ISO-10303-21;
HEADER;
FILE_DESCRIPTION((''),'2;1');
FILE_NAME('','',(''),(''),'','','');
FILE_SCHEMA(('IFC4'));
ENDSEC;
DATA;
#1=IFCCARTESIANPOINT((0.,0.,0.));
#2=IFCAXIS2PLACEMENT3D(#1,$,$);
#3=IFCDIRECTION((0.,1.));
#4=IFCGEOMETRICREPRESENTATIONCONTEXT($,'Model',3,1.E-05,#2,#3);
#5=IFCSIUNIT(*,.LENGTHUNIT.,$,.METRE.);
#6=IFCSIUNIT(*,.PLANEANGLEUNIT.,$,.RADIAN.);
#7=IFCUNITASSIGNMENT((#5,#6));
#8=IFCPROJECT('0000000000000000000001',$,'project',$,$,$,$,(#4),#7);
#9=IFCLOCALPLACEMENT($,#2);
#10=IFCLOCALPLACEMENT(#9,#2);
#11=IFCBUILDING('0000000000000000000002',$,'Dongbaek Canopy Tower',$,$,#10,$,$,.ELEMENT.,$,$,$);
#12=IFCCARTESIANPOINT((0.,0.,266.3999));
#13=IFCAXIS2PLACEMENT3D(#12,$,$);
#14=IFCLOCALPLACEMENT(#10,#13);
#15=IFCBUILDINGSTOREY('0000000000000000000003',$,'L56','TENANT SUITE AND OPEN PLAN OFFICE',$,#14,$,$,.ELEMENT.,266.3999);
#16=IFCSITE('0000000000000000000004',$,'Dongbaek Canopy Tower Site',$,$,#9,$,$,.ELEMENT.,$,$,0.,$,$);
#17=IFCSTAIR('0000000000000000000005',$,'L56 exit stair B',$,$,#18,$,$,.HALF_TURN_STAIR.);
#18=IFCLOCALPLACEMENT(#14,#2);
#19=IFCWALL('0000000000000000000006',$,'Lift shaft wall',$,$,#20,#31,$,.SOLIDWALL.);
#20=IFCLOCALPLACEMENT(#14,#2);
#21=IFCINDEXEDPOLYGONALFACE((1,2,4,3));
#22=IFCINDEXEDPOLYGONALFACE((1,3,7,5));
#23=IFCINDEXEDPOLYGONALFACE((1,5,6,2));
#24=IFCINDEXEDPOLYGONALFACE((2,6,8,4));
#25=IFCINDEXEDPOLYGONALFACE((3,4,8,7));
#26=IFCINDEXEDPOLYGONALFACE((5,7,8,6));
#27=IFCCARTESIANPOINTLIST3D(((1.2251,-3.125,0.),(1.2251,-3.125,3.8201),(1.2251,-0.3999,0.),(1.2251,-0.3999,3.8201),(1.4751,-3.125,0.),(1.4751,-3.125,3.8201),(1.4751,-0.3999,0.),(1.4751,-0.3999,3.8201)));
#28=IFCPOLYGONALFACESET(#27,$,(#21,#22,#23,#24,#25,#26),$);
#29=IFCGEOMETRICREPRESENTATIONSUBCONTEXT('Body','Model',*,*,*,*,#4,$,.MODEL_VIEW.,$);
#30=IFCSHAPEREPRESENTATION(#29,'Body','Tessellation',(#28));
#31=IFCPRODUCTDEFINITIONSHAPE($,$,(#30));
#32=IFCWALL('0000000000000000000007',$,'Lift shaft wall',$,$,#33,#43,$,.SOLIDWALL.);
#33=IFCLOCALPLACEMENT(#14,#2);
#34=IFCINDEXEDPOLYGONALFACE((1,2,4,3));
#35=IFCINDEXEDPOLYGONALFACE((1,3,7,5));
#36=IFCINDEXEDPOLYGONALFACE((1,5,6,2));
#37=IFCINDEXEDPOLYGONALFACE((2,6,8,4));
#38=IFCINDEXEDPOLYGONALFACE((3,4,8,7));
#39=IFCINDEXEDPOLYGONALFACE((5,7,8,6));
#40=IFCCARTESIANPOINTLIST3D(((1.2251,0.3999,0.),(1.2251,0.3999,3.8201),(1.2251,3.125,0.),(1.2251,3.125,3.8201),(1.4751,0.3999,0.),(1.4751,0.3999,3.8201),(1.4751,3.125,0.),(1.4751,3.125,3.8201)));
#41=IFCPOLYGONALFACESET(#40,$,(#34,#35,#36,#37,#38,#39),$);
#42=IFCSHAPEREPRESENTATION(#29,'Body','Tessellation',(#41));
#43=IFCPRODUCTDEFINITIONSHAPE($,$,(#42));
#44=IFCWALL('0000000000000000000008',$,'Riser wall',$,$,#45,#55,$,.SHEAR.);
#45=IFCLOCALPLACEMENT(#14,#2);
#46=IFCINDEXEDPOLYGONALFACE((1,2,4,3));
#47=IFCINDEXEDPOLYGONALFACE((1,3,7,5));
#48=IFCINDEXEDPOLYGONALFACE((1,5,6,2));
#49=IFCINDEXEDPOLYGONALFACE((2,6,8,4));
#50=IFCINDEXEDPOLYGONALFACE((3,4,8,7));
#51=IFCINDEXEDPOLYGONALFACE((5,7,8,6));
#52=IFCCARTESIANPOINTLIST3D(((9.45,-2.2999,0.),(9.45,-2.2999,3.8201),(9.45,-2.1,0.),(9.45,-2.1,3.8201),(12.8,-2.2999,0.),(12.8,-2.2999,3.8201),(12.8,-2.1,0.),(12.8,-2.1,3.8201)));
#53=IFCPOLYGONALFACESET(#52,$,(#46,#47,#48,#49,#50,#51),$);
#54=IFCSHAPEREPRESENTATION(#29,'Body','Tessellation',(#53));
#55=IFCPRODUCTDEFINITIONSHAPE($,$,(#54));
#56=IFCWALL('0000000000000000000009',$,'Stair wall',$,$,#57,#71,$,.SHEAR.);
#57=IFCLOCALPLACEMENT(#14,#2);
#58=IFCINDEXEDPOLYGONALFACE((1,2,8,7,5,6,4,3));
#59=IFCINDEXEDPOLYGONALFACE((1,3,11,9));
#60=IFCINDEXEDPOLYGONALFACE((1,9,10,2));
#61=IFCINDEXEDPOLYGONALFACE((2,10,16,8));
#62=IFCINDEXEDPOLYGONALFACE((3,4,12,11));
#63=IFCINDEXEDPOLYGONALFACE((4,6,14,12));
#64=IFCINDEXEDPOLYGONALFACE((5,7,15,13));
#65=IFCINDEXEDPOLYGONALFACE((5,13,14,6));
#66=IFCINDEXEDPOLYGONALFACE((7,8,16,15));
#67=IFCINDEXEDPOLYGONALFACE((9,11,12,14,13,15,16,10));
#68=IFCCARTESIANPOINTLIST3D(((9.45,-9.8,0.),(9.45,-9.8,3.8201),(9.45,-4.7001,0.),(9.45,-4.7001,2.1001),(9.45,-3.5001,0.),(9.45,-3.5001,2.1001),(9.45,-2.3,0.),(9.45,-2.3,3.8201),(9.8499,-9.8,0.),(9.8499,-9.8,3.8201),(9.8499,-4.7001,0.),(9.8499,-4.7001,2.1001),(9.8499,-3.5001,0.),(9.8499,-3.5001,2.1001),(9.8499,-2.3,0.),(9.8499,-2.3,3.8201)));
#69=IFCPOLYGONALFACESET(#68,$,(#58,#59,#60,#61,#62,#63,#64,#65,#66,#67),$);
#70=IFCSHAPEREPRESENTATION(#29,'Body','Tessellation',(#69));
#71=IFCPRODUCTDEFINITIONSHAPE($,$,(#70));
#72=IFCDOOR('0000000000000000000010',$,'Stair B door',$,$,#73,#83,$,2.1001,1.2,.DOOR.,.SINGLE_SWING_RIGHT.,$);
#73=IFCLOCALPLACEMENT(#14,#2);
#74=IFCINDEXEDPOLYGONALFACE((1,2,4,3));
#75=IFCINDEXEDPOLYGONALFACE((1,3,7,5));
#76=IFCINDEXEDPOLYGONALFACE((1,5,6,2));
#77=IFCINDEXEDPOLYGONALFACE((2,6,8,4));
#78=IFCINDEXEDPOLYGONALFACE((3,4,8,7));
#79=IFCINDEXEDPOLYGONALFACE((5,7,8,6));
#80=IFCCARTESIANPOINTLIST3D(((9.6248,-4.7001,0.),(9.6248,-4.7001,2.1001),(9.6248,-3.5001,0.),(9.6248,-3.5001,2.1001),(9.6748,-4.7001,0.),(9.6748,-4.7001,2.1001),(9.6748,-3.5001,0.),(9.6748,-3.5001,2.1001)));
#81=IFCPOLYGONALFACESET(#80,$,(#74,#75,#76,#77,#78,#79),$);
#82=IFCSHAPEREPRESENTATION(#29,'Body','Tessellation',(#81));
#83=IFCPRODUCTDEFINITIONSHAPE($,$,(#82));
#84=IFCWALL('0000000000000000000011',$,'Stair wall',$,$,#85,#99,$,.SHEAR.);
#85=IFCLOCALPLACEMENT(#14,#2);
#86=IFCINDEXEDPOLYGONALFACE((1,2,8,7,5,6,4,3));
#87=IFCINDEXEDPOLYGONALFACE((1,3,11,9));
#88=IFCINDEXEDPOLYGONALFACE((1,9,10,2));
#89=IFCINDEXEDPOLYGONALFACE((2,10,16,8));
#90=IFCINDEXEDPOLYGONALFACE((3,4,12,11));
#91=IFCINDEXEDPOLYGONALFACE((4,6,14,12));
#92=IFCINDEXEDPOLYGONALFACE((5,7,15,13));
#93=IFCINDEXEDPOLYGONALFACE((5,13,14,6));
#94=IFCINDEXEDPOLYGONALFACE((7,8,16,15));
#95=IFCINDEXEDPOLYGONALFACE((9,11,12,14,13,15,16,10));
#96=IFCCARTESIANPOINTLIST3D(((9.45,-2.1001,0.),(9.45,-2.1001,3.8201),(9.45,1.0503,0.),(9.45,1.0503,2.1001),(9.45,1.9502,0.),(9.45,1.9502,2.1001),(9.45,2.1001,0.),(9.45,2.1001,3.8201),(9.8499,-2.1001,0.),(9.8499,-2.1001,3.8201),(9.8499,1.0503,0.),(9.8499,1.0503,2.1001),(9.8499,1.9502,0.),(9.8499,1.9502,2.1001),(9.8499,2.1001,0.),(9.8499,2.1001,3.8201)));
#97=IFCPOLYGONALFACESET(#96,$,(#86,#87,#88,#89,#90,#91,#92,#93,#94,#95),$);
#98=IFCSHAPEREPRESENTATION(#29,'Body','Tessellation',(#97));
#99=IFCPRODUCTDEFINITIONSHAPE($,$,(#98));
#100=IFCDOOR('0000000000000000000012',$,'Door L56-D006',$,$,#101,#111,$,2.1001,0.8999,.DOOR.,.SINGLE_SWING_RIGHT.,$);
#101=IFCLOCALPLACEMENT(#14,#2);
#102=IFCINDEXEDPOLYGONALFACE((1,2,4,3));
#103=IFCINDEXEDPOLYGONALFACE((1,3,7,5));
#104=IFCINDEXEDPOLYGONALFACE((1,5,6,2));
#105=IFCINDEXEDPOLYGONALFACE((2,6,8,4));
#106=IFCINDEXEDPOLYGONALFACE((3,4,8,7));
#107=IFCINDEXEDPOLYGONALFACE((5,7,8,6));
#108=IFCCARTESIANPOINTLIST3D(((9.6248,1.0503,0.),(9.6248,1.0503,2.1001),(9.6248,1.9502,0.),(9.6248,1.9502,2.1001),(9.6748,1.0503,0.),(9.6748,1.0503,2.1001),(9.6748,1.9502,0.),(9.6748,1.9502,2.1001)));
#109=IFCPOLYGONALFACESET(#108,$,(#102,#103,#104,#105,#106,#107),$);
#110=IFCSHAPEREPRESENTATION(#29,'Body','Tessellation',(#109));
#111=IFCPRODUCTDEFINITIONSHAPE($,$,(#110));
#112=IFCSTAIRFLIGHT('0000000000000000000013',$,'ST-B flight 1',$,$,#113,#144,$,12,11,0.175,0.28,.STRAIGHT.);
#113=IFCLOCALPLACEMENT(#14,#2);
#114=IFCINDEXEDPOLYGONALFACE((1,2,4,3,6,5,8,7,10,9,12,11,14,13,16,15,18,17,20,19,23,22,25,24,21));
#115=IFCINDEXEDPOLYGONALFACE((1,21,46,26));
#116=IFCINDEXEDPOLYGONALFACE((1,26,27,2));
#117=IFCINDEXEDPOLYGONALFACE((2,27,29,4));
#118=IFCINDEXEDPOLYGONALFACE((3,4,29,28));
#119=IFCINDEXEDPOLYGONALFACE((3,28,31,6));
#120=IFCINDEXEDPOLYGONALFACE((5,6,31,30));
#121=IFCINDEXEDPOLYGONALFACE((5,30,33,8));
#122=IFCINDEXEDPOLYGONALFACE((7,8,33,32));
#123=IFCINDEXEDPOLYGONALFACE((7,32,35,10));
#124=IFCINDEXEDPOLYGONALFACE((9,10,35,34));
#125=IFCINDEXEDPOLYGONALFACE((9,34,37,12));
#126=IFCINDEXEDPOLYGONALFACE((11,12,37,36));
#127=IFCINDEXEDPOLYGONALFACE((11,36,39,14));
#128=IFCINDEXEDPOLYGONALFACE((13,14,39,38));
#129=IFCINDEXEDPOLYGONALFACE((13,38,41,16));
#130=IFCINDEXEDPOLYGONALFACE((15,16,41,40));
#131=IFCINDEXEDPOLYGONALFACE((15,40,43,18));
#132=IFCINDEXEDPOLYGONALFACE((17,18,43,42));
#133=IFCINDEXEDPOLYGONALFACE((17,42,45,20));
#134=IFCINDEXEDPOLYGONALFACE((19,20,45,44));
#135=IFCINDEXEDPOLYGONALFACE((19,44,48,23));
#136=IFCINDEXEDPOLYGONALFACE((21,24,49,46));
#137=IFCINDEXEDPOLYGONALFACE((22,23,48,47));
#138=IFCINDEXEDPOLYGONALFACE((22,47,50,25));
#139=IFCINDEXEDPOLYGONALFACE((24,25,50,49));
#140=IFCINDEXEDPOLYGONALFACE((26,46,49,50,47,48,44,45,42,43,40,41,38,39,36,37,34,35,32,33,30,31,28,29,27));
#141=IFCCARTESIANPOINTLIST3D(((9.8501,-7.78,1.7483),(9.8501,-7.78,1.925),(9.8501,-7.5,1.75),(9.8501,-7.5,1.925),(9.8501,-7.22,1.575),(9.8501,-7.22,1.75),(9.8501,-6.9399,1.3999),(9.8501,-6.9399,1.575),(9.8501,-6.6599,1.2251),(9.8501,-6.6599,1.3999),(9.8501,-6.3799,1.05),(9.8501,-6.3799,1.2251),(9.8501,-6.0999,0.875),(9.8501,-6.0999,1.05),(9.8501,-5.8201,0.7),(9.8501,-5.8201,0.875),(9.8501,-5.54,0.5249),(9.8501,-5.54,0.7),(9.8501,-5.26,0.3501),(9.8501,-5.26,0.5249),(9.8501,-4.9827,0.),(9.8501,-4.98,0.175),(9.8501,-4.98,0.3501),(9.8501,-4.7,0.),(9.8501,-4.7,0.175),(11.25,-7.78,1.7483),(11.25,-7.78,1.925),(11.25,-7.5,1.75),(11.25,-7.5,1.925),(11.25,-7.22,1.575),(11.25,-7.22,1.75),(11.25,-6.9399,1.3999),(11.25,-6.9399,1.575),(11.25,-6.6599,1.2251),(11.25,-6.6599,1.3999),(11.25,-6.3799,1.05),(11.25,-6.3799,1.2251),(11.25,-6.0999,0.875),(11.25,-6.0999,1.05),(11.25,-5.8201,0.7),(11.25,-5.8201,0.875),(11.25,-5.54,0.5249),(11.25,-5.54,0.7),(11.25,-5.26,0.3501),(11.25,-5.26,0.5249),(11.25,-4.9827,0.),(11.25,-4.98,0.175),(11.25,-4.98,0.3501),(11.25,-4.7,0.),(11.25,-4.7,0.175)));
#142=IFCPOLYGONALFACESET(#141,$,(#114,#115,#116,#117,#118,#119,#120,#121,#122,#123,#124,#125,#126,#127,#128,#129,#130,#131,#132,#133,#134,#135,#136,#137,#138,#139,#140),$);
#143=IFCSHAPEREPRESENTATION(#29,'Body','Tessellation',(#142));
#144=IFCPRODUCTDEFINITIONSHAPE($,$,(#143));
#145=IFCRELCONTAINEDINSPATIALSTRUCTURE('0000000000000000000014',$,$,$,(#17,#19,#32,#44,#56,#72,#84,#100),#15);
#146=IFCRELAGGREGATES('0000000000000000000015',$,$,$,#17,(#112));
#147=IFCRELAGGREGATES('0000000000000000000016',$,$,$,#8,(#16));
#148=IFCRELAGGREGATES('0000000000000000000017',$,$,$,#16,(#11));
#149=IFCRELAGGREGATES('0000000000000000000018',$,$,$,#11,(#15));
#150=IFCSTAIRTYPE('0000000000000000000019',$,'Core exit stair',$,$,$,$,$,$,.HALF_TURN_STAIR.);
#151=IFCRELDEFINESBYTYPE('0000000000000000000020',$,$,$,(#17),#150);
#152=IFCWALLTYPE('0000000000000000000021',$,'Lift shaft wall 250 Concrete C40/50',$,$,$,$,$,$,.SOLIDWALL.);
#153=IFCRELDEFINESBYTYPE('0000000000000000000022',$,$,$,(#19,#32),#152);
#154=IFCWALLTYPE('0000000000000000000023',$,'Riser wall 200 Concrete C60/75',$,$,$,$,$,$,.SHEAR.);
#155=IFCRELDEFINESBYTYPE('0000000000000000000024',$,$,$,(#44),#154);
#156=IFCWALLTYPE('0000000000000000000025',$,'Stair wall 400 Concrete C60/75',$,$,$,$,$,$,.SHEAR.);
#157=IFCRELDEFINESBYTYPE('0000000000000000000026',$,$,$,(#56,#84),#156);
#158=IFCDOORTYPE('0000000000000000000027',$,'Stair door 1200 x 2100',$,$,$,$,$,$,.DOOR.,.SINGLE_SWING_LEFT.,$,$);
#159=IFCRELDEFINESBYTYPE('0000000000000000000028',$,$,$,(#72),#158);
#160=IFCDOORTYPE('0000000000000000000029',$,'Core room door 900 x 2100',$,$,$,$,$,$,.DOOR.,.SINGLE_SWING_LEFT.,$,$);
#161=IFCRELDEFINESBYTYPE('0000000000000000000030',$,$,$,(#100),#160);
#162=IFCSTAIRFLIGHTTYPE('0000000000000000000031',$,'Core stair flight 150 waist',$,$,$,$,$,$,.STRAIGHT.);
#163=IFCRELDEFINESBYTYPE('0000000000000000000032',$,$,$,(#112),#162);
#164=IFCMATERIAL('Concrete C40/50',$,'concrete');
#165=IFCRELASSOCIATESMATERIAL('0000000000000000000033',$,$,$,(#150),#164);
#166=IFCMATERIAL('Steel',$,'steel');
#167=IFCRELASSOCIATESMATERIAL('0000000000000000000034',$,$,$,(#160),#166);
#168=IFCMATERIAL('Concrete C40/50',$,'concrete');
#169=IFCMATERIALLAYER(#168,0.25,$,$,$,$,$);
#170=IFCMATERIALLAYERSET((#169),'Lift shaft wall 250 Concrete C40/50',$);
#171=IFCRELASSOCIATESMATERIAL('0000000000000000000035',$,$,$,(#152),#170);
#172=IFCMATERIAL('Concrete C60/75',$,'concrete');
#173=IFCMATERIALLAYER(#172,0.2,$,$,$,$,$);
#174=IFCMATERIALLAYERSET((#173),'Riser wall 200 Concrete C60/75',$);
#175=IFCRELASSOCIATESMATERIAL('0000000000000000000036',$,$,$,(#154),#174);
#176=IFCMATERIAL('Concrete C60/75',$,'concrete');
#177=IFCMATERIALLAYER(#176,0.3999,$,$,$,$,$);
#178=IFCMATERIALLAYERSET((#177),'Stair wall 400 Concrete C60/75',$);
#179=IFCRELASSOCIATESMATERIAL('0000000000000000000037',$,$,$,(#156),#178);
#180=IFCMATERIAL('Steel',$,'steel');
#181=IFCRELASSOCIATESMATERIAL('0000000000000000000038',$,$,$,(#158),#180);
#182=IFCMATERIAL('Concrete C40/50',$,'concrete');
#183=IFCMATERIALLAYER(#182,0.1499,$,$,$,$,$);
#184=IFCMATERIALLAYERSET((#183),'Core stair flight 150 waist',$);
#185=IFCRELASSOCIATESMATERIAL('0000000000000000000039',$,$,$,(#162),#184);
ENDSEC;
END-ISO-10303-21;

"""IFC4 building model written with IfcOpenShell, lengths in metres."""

from ifc_helpers import new_model, si_unit, direction, frame, frame_2d, origin, place, context, subcontext, project, spatial, polyline, rectangle, outline, extrude, material, layer, layer_set, type_object, element, fill, aggregate, save


model = new_model("IFC4")

# Units and contexts
model_context = context("Model", 3, precision=1e-05, world=origin(), true_north=direction((0.0, 1.0)))
body_context = subcontext(model_context, "Body", "Model", "MODEL_VIEW")
ifc_project = project(units=[si_unit("LENGTHUNIT", "METRE"), si_unit("PLANEANGLEUNIT", "RADIAN")], contexts=[model_context])

# Site, building, storey
site_placement = place(None, origin())
site = spatial("IfcSite", under=ifc_project, at=site_placement, Name="Dongbaek Canopy Tower Site", CompositionType="ELEMENT", RefElevation=0.0)
building_placement = place(site_placement, origin())
building = spatial("IfcBuilding", under=site, at=building_placement, Name="Dongbaek Canopy Tower", CompositionType="ELEMENT")
storey_placement = place(building_placement, frame((0.0, 0.0, 266.3999)))
storey = spatial("IfcBuildingStorey", under=building, at=storey_placement, Name="L56", Description="TENANT SUITE AND OPEN PLAN OFFICE", CompositionType="ELEMENT", Elevation=266.3999)

# Stair
ifc_material_1 = material(Name="Concrete C40/50", Category="concrete")
stair_type = type_object("IfcStairType", Name="Core exit stair", PredefinedType="HALF_TURN_STAIR", material=ifc_material_1)
stair_1_placement = place(storey_placement, origin())
stair_1 = element("IfcStair", 1, at=stair_1_placement, inside=storey, type_object=stair_type, Name="L56 exit stair B", PredefinedType="HALF_TURN_STAIR")

# Shared definitions
ifc_material_2 = material(Name="Steel", Category="steel")
door_type_1 = type_object("IfcDoorType", Name="Core room door 900 x 2100", OperationType="SINGLE_SWING_LEFT", PredefinedType="DOOR", material=ifc_material_2)

# Walls
ifc_material_3 = material(Name="Concrete C40/50", Category="concrete")
ifc_layer_1 = layer(ifc_material_3, 0.25)
ifc_layer_set_1 = layer_set([ifc_layer_1], Name="Lift shaft wall 250 Concrete C40/50")
wall_type_1 = type_object("IfcWallType", Name="Lift shaft wall 250 Concrete C40/50", PredefinedType="SOLIDWALL", material=ifc_layer_set_1)
for number, where, z_axis, x_axis, name in (
    (2, (1.3501, -3.125, 0.0), (0.0, 0.0, 1.0), (0.0, 1.0, 0.0), "Lift shaft wall"),
    (3, (1.3501, 0.3999, 0.0), (0.0, 0.0, 1.0), (0.0, 1.0, 0.0), "Lift shaft wall"),
):
    element("IfcWall", number, at=place(storey_placement, frame(where, z_axis=z_axis, x_axis=x_axis)), inside=storey, type_object=wall_type_1, Name=name, PredefinedType="SOLIDWALL", context=body_context, shape_type="SweptSolid", body=[
        extrude(rectangle(XDim=2.7251, YDim=0.25, at=frame_2d((1.3625, 0.0))), origin(), (0.0, 0.0, 1.0), 3.8201),
    ])
ifc_material_4 = material(Name="Concrete C60/75", Category="concrete")
ifc_layer_2 = layer(ifc_material_4, 0.2)
ifc_layer_set_2 = layer_set([ifc_layer_2], Name="Riser wall 200 Concrete C60/75")
wall_type_2 = type_object("IfcWallType", Name="Riser wall 200 Concrete C60/75", PredefinedType="SHEAR", material=ifc_layer_set_2)
wall_1_placement = place(storey_placement, frame((9.45, -2.2, 0.0), z_axis=(0.0, 0.0, 1.0), x_axis=(1.0, 0.0, 0.0)))
element("IfcWall", 4, at=wall_1_placement, inside=storey, type_object=wall_type_2, Name="Riser wall", PredefinedType="SHEAR", context=body_context, shape_type="SweptSolid", body=[
    extrude(rectangle(XDim=3.3501, YDim=0.2, at=frame_2d((1.675, 0.0))), origin(), (0.0, 0.0, 1.0), 3.8201),
])

# Walls, openings, doors
ifc_material_5 = material(Name="Concrete C60/75", Category="concrete")
ifc_layer_3 = layer(ifc_material_5, 0.3999)
ifc_layer_set_3 = layer_set([ifc_layer_3], Name="Stair wall 400 Concrete C60/75")
wall_type_3 = type_object("IfcWallType", Name="Stair wall 400 Concrete C60/75", PredefinedType="SHEAR", material=ifc_layer_set_3)
wall_2_placement = place(storey_placement, frame((9.6499, -2.3, 0.0), z_axis=(0.0, 0.0, 1.0), x_axis=(0.0, -1.0, 0.0)))
wall_2 = element("IfcWall", 5, at=wall_2_placement, inside=storey, type_object=wall_type_3, Name="Stair wall", PredefinedType="SHEAR", context=body_context, shape_type="SweptSolid", body=[
    extrude(rectangle(XDim=7.5, YDim=0.3999, at=frame_2d((3.75, 0.0))), origin(), (0.0, 0.0, 1.0), 3.8201),
])
opening_1_placement = place(wall_2_placement, frame((1.2, 0.0, 0.0)))
opening_1 = element("IfcOpeningElement", 6, at=opening_1_placement, cuts=wall_2, PredefinedType="OPENING", context=body_context, shape_type="SweptSolid", body=[
    extrude(rectangle(XDim=1.2, YDim=2.1001, at=frame_2d((0.6001, 1.05))), frame((0.0, 0.21, 0.0), z_axis=(0.0, -1.0, 0.0), x_axis=(1.0, 0.0, 0.0)), (0.0, 0.0, 1.0), 0.4199),
])
ifc_material_6 = material(Name="Steel", Category="steel")
door_type_2 = type_object("IfcDoorType", Name="Stair door 1200 x 2100", OperationType="SINGLE_SWING_LEFT", PredefinedType="DOOR", material=ifc_material_6)
door_1_placement = place(opening_1_placement, origin())
door_1 = element("IfcDoor", 7, at=door_1_placement, inside=storey, type_object=door_type_2, Name="Stair B door", OperationType="SINGLE_SWING_RIGHT", OverallHeight=2.1001, OverallWidth=1.2, PredefinedType="DOOR", context=body_context, shape_type="SweptSolid", body=[
    extrude(rectangle(XDim=1.2, YDim=2.1001, at=frame_2d((0.6001, 1.05))), frame((0.0, 0.0249, 0.0), z_axis=(0.0, -1.0, 0.0), x_axis=(1.0, 0.0, 0.0)), (0.0, 0.0, 1.0), 0.05),
])
fill(opening_1, door_1)
wall_3_placement = place(storey_placement, frame((9.6499, 2.1001, 0.0), z_axis=(0.0, 0.0, 1.0), x_axis=(0.0, -1.0, 0.0)))
wall_3 = element("IfcWall", 8, at=wall_3_placement, inside=storey, type_object=wall_type_3, Name="Stair wall", PredefinedType="SHEAR", context=body_context, shape_type="SweptSolid", body=[
    extrude(rectangle(XDim=4.2002, YDim=0.3999, at=frame_2d((2.1001, 0.0))), origin(), (0.0, 0.0, 1.0), 3.8201),
])
opening_2_placement = place(wall_3_placement, frame((0.1499, 0.0, 0.0)))
opening_2 = element("IfcOpeningElement", 9, at=opening_2_placement, cuts=wall_3, PredefinedType="OPENING", context=body_context, shape_type="SweptSolid", body=[
    extrude(rectangle(XDim=0.8999, YDim=2.1001, at=frame_2d((0.45, 1.05))), frame((0.0, 0.21, 0.0), z_axis=(0.0, -1.0, 0.0), x_axis=(1.0, 0.0, 0.0)), (0.0, 0.0, 1.0), 0.4199),
])
door_2_placement = place(opening_2_placement, origin())
door_2 = element("IfcDoor", 10, at=door_2_placement, inside=storey, type_object=door_type_1, Name="Door L56-D006", OperationType="SINGLE_SWING_RIGHT", OverallHeight=2.1001, OverallWidth=0.8999, PredefinedType="DOOR", context=body_context, shape_type="SweptSolid", body=[
    extrude(rectangle(XDim=0.8999, YDim=2.1001, at=frame_2d((0.45, 1.05))), frame((0.0, 0.0249, 0.0), z_axis=(0.0, -1.0, 0.0), x_axis=(1.0, 0.0, 0.0)), (0.0, 0.0, 1.0), 0.05),
])
fill(opening_2, door_2)

# Stair flight
ifc_material_7 = material(Name="Concrete C40/50", Category="concrete")
ifc_layer_4 = layer(ifc_material_7, 0.1499)
ifc_layer_set_4 = layer_set([ifc_layer_4], Name="Core stair flight 150 waist")
stair_flight_type = type_object("IfcStairFlightType", Name="Core stair flight 150 waist", PredefinedType="STRAIGHT", material=ifc_layer_set_4)
stair_flight_placement = place(storey_placement, frame((10.55, -4.7, 0.0), z_axis=(0.0, 0.0, 1.0), x_axis=(0.0, -1.0, 0.0)))
stair_flight = element("IfcStairFlight", 11, at=stair_flight_placement, type_object=stair_flight_type, Name="ST-B flight 1", NumberOfRisers=12, NumberOfTreads=11, PredefinedType="STRAIGHT", RiserHeight=0.175, TreadLength=0.28, context=body_context, shape_type="SweptSolid", body=[
    extrude(outline(polyline([(0.0, 0.0), (0.0, 0.175), (0.28, 0.175), (0.28, 0.3501), (0.5601, 0.3501), (0.5601, 0.5249), (0.8401, 0.5249), (0.8401, 0.7), (1.1201, 0.7), (1.1201, 0.875), (1.3999, 0.875), (1.3999, 1.05), (1.6799, 1.05), (1.6799, 1.2251), (1.96, 1.2251), (1.96, 1.3999), (2.24, 1.3999), (2.24, 1.575), (2.52, 1.575), (2.52, 1.75), (2.8, 1.75), (2.8, 1.925), (3.0801, 1.925), (3.0801, 2.1001), (3.0801, 1.7483), (0.2827, 0.0), (0.0, 0.0)])), frame((0.0, 0.7, 0.0), z_axis=(0.0, -1.0, 0.0), x_axis=(1.0, 0.0, 0.0)), (0.0, 0.0, 1.0), 1.3999),
])
aggregate(stair_1, [stair_flight])

save(model, "model.ifc")
